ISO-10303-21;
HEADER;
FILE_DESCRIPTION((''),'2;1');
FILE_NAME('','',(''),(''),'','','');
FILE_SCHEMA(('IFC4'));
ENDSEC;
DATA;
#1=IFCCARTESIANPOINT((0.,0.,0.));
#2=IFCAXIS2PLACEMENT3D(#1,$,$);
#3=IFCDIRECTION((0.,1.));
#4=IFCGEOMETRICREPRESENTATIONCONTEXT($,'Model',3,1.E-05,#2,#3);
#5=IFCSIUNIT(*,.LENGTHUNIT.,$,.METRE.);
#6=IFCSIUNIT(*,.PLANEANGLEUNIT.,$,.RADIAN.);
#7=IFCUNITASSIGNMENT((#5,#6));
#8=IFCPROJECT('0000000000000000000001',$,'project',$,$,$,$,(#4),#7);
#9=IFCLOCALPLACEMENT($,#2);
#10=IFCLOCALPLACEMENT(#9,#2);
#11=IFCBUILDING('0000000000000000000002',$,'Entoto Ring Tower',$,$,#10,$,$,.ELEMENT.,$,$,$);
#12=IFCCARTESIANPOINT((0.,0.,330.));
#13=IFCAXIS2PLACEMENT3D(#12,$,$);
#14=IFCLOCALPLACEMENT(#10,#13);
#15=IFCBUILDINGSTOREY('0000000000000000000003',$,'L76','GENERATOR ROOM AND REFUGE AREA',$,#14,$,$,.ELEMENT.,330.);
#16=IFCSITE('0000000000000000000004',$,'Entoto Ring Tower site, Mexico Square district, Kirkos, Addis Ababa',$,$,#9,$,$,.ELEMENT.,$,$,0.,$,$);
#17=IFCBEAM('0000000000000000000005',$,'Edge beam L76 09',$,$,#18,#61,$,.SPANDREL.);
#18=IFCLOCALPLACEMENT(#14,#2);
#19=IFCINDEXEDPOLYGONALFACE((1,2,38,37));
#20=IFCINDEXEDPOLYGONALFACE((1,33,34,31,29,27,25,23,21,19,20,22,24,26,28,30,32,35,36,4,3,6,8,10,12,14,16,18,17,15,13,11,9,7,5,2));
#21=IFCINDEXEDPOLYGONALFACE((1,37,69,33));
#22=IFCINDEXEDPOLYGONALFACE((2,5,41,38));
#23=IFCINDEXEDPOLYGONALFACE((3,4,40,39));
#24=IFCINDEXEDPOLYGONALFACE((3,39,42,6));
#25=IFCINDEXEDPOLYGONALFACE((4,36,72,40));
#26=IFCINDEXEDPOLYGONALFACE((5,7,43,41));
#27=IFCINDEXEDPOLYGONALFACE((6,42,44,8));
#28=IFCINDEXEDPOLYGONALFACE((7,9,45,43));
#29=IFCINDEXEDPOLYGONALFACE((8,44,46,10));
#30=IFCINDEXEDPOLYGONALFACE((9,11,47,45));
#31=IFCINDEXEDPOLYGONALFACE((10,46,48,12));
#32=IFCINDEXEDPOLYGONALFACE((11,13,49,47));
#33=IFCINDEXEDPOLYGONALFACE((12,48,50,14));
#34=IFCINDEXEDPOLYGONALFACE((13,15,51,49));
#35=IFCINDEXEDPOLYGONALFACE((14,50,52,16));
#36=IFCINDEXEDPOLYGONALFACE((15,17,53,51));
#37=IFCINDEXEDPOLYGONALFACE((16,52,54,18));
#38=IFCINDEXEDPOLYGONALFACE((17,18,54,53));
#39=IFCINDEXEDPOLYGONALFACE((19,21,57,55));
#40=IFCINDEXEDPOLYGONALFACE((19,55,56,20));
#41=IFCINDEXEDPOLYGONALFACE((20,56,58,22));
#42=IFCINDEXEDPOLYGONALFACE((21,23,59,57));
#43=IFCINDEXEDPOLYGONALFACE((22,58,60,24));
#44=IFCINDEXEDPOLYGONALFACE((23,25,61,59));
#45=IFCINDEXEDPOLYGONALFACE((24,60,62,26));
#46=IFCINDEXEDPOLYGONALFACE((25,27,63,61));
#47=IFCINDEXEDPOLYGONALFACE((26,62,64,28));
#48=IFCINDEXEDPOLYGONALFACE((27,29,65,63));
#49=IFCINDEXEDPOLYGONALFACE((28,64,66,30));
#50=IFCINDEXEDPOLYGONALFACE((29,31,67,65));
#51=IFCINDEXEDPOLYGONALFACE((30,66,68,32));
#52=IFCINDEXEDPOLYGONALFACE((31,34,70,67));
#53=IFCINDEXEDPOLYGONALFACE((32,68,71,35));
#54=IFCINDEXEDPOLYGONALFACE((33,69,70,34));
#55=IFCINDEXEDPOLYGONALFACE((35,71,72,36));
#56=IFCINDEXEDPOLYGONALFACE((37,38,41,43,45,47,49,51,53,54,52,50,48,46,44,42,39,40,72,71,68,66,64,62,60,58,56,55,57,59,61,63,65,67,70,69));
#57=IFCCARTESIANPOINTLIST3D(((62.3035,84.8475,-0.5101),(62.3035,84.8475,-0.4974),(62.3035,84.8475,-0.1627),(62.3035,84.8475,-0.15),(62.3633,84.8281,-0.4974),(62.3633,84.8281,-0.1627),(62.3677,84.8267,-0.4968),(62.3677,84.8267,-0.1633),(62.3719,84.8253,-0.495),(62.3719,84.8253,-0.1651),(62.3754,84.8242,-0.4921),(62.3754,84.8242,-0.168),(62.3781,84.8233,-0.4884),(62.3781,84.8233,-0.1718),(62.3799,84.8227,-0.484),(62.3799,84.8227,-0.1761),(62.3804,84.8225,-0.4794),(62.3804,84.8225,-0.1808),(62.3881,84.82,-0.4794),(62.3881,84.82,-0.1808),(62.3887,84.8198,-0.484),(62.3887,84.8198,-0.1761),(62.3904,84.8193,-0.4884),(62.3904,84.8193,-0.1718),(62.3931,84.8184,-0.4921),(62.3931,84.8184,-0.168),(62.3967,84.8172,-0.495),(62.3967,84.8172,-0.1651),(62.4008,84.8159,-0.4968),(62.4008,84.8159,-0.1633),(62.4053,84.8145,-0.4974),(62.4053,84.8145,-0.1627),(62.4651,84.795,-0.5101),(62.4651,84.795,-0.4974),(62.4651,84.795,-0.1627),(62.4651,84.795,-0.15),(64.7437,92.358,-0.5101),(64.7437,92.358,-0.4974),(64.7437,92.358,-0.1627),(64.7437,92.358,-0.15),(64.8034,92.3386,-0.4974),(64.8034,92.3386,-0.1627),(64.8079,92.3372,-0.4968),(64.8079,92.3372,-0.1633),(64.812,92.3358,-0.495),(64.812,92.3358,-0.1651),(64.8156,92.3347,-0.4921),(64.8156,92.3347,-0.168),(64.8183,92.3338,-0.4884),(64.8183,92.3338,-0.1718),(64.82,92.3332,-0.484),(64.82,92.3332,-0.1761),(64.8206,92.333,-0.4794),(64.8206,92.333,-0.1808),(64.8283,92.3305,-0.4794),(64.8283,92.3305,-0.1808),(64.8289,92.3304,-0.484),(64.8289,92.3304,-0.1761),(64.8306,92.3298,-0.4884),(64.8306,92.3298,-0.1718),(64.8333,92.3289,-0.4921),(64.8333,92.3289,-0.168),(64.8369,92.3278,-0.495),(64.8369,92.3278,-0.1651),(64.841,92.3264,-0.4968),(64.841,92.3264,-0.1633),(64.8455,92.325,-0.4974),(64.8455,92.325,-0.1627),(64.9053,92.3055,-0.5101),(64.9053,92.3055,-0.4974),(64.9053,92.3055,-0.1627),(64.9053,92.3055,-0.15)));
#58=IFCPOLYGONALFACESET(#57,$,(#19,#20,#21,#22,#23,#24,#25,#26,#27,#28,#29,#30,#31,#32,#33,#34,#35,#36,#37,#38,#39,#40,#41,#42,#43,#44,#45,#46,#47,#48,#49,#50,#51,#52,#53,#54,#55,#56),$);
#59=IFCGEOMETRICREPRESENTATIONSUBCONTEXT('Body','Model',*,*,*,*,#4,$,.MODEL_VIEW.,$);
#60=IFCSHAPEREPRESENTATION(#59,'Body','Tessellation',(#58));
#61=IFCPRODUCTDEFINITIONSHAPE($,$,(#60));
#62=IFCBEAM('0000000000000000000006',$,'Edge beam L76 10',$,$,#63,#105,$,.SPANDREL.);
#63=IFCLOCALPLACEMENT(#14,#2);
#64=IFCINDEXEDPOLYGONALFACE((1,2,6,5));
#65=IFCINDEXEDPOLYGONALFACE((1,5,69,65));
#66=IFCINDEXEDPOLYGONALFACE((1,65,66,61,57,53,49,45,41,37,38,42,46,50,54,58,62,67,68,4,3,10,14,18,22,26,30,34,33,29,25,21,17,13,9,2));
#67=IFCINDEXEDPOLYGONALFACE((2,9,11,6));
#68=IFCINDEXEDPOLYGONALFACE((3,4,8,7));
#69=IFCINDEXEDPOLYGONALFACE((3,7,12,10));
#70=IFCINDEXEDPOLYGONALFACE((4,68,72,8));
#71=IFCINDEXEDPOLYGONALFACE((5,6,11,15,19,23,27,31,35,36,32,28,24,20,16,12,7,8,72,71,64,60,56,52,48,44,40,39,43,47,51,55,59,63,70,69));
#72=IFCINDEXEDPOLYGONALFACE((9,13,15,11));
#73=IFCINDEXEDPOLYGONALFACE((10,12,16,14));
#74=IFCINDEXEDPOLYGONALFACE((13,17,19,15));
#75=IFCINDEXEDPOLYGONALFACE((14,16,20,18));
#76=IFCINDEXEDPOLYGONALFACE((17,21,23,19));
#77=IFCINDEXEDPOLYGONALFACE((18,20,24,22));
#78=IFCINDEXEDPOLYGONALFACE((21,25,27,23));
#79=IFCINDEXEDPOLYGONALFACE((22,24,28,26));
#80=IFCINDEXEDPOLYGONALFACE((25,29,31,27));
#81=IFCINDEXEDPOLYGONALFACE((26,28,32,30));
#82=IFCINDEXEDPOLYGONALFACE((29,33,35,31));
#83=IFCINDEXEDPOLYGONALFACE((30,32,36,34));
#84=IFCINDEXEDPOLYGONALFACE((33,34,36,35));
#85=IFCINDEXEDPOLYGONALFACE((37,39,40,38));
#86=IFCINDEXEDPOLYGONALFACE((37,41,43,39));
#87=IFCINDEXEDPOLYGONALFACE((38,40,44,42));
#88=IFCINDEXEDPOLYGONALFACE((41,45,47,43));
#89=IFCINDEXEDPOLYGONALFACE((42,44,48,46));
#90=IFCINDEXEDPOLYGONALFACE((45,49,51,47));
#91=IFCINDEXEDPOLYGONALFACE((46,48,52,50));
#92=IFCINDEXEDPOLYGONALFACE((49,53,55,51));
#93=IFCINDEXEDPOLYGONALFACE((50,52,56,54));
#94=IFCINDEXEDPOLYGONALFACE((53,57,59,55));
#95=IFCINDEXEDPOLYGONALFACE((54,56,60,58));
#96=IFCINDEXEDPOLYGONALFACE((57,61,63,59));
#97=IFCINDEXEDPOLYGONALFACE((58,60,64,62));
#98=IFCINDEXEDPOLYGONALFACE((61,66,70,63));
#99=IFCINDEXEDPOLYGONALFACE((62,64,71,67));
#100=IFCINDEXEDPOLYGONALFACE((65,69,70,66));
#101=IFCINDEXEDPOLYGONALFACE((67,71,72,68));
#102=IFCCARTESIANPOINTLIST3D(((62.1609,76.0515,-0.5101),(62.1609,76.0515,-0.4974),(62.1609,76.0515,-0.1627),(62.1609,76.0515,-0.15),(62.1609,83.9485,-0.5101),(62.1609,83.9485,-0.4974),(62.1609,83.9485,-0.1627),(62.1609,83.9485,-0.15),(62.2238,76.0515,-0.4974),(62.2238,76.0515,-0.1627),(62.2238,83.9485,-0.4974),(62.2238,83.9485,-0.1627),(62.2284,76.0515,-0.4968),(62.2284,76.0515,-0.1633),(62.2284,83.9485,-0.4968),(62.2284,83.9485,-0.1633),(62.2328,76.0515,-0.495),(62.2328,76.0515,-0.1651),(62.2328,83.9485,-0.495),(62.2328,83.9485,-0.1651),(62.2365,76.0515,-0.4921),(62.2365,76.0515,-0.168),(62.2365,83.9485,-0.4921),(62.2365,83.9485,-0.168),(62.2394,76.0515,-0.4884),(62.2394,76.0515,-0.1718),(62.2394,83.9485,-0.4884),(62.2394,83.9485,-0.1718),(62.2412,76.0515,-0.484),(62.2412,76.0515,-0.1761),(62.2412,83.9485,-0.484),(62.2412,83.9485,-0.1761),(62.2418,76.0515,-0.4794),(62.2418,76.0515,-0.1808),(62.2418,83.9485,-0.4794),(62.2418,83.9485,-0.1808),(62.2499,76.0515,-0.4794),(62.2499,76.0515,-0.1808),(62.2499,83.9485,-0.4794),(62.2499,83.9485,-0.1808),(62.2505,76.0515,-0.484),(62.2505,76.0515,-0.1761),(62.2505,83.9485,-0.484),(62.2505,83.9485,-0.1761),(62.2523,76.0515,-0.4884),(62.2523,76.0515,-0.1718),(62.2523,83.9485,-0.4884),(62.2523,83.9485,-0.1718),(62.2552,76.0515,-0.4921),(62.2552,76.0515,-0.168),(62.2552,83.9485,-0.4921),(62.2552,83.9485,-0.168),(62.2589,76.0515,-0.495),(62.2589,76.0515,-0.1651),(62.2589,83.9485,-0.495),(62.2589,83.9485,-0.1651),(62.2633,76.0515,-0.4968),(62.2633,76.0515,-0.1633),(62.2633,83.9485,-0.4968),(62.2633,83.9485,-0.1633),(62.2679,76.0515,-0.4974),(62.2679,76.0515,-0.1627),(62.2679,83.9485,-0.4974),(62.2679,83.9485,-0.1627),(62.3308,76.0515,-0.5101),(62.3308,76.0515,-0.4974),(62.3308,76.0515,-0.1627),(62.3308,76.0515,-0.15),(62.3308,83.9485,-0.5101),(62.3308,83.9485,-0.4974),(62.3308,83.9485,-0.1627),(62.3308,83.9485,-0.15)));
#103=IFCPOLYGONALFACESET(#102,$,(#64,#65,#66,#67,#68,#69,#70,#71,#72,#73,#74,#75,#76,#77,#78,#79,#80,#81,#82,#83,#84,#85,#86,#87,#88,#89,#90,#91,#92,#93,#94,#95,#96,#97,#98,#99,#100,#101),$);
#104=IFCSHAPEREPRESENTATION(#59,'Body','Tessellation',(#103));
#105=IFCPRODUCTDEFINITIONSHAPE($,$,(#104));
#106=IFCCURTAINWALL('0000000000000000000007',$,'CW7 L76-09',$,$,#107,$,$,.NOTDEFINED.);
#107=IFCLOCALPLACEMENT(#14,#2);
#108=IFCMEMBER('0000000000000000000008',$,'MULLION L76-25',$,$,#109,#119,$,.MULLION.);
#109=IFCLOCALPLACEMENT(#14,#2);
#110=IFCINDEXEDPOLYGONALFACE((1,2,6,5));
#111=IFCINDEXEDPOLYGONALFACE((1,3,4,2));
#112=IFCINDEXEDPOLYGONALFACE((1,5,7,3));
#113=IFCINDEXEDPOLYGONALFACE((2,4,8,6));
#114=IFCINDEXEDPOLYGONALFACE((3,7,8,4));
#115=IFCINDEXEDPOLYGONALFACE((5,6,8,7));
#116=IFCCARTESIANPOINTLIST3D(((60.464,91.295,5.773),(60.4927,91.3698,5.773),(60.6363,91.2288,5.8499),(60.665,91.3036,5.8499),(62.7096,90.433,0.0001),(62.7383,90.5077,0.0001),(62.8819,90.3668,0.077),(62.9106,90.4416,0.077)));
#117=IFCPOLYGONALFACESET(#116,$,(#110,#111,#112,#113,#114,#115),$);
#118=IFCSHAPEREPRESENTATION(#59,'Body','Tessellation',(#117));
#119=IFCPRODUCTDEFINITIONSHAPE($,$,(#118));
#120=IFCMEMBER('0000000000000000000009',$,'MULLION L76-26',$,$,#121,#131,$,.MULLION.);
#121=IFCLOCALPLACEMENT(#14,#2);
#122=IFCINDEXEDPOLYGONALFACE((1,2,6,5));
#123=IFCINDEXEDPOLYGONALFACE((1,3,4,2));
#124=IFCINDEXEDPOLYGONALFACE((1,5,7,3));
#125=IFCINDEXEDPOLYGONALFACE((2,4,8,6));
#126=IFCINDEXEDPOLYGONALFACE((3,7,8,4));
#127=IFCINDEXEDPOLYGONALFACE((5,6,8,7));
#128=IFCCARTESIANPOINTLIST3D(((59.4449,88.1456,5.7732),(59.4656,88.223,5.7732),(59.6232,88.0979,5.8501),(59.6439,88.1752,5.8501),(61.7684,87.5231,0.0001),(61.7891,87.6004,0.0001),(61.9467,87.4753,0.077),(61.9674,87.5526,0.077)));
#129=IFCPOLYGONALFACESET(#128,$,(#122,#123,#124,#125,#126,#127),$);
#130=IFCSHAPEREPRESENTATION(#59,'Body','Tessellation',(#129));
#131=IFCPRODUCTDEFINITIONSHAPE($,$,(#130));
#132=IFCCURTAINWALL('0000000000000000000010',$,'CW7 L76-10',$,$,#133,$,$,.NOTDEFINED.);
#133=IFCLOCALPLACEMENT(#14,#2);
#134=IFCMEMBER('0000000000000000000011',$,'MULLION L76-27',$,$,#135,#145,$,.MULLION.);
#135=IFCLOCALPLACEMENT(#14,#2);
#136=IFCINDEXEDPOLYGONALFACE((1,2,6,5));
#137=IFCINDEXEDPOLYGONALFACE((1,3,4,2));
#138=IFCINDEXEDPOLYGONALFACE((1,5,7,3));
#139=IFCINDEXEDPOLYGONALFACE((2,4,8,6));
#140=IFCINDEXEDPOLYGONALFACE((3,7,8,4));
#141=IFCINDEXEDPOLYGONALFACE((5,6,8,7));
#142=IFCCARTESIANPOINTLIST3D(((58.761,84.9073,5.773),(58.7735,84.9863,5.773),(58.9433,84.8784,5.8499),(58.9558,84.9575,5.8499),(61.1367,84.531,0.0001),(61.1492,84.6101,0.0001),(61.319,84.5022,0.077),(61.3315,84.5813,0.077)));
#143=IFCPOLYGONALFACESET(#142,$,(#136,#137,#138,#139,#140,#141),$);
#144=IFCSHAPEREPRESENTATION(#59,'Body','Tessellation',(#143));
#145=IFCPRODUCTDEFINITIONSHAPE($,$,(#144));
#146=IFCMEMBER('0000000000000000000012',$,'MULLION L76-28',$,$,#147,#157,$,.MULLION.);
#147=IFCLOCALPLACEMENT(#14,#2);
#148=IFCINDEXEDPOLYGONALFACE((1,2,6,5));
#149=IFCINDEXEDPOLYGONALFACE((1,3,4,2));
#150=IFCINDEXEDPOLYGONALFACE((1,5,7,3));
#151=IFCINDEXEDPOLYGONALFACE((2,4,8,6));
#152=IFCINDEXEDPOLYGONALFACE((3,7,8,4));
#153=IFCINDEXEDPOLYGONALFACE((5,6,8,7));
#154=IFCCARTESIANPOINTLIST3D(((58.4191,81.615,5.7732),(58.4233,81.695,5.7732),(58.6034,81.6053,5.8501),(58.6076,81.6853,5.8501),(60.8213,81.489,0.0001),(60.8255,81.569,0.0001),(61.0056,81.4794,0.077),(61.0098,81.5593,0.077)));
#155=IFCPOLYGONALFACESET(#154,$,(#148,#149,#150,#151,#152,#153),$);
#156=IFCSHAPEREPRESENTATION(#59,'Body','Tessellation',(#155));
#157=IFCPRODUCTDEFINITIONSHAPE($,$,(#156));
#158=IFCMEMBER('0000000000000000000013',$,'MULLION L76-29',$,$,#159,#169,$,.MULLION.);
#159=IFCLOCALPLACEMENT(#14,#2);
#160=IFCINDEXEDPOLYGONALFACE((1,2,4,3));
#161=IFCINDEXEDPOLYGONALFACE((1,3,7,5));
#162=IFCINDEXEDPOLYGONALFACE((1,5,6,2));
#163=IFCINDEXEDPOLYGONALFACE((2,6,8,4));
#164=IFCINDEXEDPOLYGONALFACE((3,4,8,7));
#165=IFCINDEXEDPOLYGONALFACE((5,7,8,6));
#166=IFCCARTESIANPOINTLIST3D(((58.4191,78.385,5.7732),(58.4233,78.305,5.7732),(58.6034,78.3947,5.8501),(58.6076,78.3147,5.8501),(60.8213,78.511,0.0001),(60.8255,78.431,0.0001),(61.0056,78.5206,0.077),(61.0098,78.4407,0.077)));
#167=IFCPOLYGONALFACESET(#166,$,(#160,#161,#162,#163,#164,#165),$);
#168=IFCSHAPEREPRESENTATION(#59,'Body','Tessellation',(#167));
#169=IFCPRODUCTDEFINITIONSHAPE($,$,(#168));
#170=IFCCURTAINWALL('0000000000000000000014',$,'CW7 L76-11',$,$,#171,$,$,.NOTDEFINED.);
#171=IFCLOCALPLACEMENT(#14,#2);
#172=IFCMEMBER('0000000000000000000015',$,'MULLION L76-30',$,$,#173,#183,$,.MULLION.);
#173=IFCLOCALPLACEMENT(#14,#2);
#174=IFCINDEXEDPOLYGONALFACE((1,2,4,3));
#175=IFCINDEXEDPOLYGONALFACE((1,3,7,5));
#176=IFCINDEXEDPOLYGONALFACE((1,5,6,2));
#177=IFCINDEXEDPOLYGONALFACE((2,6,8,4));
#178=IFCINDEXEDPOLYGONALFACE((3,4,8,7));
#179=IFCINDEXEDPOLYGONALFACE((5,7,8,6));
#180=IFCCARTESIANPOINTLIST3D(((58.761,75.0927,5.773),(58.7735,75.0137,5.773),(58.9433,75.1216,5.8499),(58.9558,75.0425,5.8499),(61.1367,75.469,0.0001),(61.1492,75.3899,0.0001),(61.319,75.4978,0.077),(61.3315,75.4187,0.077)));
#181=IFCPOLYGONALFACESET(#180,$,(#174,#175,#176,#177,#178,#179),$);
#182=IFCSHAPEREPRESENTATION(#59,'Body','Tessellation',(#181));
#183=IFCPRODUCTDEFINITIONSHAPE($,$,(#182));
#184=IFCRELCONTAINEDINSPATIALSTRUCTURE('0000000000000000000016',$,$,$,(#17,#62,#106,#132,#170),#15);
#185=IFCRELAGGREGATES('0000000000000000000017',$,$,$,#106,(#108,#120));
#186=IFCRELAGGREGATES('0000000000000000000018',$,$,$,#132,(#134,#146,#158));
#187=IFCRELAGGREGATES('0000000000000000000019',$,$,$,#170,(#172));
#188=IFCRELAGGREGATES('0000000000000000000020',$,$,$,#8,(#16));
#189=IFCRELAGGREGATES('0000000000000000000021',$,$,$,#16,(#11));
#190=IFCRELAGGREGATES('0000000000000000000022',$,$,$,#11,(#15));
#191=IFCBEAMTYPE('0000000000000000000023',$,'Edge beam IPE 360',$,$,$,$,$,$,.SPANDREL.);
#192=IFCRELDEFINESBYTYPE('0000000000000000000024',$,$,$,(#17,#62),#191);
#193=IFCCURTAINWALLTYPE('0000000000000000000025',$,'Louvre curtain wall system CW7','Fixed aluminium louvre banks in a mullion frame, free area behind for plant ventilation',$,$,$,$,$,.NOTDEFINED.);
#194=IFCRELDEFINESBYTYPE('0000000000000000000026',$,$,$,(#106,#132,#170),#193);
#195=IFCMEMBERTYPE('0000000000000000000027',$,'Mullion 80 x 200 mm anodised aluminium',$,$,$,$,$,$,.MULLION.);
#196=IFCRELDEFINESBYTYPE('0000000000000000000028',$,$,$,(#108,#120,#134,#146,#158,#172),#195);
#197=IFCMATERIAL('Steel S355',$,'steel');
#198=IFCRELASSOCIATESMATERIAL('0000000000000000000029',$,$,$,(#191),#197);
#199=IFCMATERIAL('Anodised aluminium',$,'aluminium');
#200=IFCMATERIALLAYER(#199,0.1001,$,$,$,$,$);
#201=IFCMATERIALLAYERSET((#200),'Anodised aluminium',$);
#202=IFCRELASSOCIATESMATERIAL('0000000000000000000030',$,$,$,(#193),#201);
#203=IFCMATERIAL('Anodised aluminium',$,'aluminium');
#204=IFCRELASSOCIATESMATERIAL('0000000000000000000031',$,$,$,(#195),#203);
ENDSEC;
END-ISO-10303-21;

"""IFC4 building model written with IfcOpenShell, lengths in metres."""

from ifc_helpers import new_model, si_unit, direction, frame, origin, origin_2d, place, context, subcontext, project, spatial, rectangle, i_section, extrude, material, layer, layer_set, material_profile, profile_set, type_object, element, aggregate, save


model = new_model("IFC4")

# Units and contexts
model_context = context("Model", 3, precision=1e-05, world=origin(), true_north=direction((0.0, 1.0)))
body_context = subcontext(model_context, "Body", "Model", "MODEL_VIEW")
ifc_project = project(units=[si_unit("LENGTHUNIT", "METRE"), si_unit("PLANEANGLEUNIT", "RADIAN")], contexts=[model_context])

# Site, building, storey
site_placement = place(None, origin())
site = spatial("IfcSite", under=ifc_project, at=site_placement, Name="Entoto Ring Tower site, Mexico Square district, Kirkos, Addis Ababa", CompositionType="ELEMENT", RefElevation=0.0)
building_placement = place(site_placement, origin())
building = spatial("IfcBuilding", under=site, at=building_placement, Name="Entoto Ring Tower", CompositionType="ELEMENT")
storey_placement = place(building_placement, frame((0.0, 0.0, 330.0)))
storey = spatial("IfcBuildingStorey", under=building, at=storey_placement, Name="L76", Description="GENERATOR ROOM AND REFUGE AREA", CompositionType="ELEMENT", Elevation=330.0)

# Beams
ifc_material_1 = material(Name="Steel S355", Category="steel")
ifc_material_profile_1 = material_profile(ifc_material_1, i_section(OverallWidth=0.1699, OverallDepth=0.3601, WebThickness=0.0081, FlangeThickness=0.0127, FilletRadius=0.0181, at=origin_2d()), Name="IPE 360")
ifc_profile_set_1 = profile_set([ifc_material_profile_1], Name="Steel S355")
beam_type = type_object("IfcBeamType", Name="Edge beam IPE 360", PredefinedType="SPANDREL", material=ifc_profile_set_1)
for number, where, z_axis, x_axis, name in (
    (1, (64.8245, 92.3318, -0.3301), (-0.309003, -0.951061, 0.0), (0.951061, -0.309003, 0.0), "Edge beam L76 09"),
    (2, (62.2458, 83.9485, -0.3301), (0.0, -1.0, 0.0), (1.0, 0.0, 0.0), "Edge beam L76 10"),
):
    element("IfcBeam", number, at=place(storey_placement, frame(where, z_axis=z_axis, x_axis=x_axis)), inside=storey, type_object=beam_type, Name=name, PredefinedType="SPANDREL", context=body_context, shape_type="SweptSolid", body=[
        extrude(i_section(OverallWidth=0.1699, OverallDepth=0.3601, WebThickness=0.0081, FlangeThickness=0.0127, FilletRadius=0.0181, at=origin_2d()), origin(), (0.0, 0.0, 1.0), 7.897),
    ])

# Curtain walls, members
ifc_material_2 = material(Name="Anodised aluminium", Category="aluminium")
ifc_layer_1 = layer(ifc_material_2, 0.1001)
ifc_layer_set_1 = layer_set([ifc_layer_1], Name="Anodised aluminium")
curtain_wall_type = type_object("IfcCurtainWallType", Name="Louvre curtain wall system CW7", Description="Fixed aluminium louvre banks in a mullion frame, free area behind for plant ventilation", PredefinedType="NOTDEFINED", material=ifc_layer_set_1)
curtain_wall_1_placement = place(storey_placement, origin())
curtain_wall_1 = element("IfcCurtainWall", 3, at=curtain_wall_1_placement, inside=storey, type_object=curtain_wall_type, Name="CW7 L76-09", PredefinedType="NOTDEFINED")
ifc_material_3 = material(Name="Anodised aluminium", Category="aluminium")
ifc_material_profile_2 = material_profile(ifc_material_3, rectangle(XDim=0.0801, YDim=0.2, at=origin_2d()), Name="Mullion 80 x 200 mm anodised aluminium")
ifc_profile_set_2 = profile_set([ifc_material_profile_2], Name="Anodised aluminium")
member_type_1 = type_object("IfcMemberType", Name="Mullion 80 x 200 mm anodised aluminium", PredefinedType="MULLION", material=ifc_profile_set_2)
member_1_placement = place(storey_placement, frame((62.8101, 90.4373, 0.0386), z_axis=(-0.359066, 0.137841, 0.923077), x_axis=(-0.358387, -0.933573, 0.0)))
member_1 = element("IfcMember", 4, at=member_1_placement, type_object=member_type_1, Name="MULLION L76-25", PredefinedType="MULLION", context=body_context, shape_type="SweptSolid", body=[
    extrude(rectangle(XDim=0.0801, YDim=0.2, at=origin_2d()), origin(), (0.0, 0.0, 1.0), 6.2539),
])
member_2_placement = place(storey_placement, frame((61.8679, 87.5378, 0.0386), z_axis=(-0.371517, 0.099545, 0.923074), x_axis=(-0.258812, -0.965928, 0.0)))
member_2 = element("IfcMember", 5, at=member_2_placement, type_object=member_type_1, Name="MULLION L76-26", PredefinedType="MULLION", context=body_context, shape_type="SweptSolid", body=[
    extrude(rectangle(XDim=0.0801, YDim=0.2, at=origin_2d()), origin(), (0.0, 0.0, 1.0), 6.2542),
])
aggregate(curtain_wall_1, [member_1, member_2])
curtain_wall_2_placement = place(storey_placement, origin())
curtain_wall_2 = element("IfcCurtainWall", 6, at=curtain_wall_2_placement, inside=storey, type_object=curtain_wall_type, Name="CW7 L76-10", PredefinedType="NOTDEFINED")
member_3_placement = place(storey_placement, frame((61.2341, 84.5562, 0.0386), z_axis=(-0.379874, 0.060157, 0.92308), x_axis=(-0.156411, -0.987692, 0.0)))
member_3 = element("IfcMember", 7, at=member_3_placement, type_object=member_type_1, Name="MULLION L76-27", PredefinedType="MULLION", context=body_context, shape_type="SweptSolid", body=[
    extrude(rectangle(XDim=0.0801, YDim=0.2, at=origin_2d()), origin(), (0.0, 0.0, 1.0), 6.2539),
])
member_4_placement = place(storey_placement, frame((60.9155, 81.5242, 0.0386), z_axis=(-0.384088, 0.020143, 0.923077), x_axis=(-0.052372, -0.998628, 0.0)))
member_4 = element("IfcMember", 8, at=member_4_placement, type_object=member_type_1, Name="MULLION L76-28", PredefinedType="MULLION", context=body_context, shape_type="SweptSolid", body=[
    extrude(rectangle(XDim=0.0801, YDim=0.2, at=origin_2d()), origin(), (0.0, 0.0, 1.0), 6.2542),
])
member_5_placement = place(storey_placement, frame((60.9155, 78.4758, 0.0386), z_axis=(-0.384088, -0.020143, 0.923077), x_axis=(0.052372, -0.998628, 0.0)))
member_5 = element("IfcMember", 9, at=member_5_placement, type_object=member_type_1, Name="MULLION L76-29", PredefinedType="MULLION", context=body_context, shape_type="SweptSolid", body=[
    extrude(rectangle(XDim=0.0801, YDim=0.2, at=origin_2d()), origin(), (0.0, 0.0, 1.0), 6.2542),
])
aggregate(curtain_wall_2, [member_3, member_4, member_5])

# Curtain wall, member
curtain_wall_3_placement = place(storey_placement, origin())
curtain_wall_3 = element("IfcCurtainWall", 10, at=curtain_wall_3_placement, inside=storey, type_object=curtain_wall_type, Name="CW7 L76-11", PredefinedType="NOTDEFINED")
member_6_placement = place(storey_placement, frame((61.2341, 75.4438, 0.0386), z_axis=(-0.379874, -0.060157, 0.92308), x_axis=(0.156411, -0.987692, 0.0)))
member_6 = element("IfcMember", 11, at=member_6_placement, type_object=member_type_1, Name="MULLION L76-30", PredefinedType="MULLION", context=body_context, shape_type="SweptSolid", body=[
    extrude(rectangle(XDim=0.0801, YDim=0.2, at=origin_2d()), origin(), (0.0, 0.0, 1.0), 6.2539),
])
aggregate(curtain_wall_3, [member_6])

save(model, "model.ifc")
